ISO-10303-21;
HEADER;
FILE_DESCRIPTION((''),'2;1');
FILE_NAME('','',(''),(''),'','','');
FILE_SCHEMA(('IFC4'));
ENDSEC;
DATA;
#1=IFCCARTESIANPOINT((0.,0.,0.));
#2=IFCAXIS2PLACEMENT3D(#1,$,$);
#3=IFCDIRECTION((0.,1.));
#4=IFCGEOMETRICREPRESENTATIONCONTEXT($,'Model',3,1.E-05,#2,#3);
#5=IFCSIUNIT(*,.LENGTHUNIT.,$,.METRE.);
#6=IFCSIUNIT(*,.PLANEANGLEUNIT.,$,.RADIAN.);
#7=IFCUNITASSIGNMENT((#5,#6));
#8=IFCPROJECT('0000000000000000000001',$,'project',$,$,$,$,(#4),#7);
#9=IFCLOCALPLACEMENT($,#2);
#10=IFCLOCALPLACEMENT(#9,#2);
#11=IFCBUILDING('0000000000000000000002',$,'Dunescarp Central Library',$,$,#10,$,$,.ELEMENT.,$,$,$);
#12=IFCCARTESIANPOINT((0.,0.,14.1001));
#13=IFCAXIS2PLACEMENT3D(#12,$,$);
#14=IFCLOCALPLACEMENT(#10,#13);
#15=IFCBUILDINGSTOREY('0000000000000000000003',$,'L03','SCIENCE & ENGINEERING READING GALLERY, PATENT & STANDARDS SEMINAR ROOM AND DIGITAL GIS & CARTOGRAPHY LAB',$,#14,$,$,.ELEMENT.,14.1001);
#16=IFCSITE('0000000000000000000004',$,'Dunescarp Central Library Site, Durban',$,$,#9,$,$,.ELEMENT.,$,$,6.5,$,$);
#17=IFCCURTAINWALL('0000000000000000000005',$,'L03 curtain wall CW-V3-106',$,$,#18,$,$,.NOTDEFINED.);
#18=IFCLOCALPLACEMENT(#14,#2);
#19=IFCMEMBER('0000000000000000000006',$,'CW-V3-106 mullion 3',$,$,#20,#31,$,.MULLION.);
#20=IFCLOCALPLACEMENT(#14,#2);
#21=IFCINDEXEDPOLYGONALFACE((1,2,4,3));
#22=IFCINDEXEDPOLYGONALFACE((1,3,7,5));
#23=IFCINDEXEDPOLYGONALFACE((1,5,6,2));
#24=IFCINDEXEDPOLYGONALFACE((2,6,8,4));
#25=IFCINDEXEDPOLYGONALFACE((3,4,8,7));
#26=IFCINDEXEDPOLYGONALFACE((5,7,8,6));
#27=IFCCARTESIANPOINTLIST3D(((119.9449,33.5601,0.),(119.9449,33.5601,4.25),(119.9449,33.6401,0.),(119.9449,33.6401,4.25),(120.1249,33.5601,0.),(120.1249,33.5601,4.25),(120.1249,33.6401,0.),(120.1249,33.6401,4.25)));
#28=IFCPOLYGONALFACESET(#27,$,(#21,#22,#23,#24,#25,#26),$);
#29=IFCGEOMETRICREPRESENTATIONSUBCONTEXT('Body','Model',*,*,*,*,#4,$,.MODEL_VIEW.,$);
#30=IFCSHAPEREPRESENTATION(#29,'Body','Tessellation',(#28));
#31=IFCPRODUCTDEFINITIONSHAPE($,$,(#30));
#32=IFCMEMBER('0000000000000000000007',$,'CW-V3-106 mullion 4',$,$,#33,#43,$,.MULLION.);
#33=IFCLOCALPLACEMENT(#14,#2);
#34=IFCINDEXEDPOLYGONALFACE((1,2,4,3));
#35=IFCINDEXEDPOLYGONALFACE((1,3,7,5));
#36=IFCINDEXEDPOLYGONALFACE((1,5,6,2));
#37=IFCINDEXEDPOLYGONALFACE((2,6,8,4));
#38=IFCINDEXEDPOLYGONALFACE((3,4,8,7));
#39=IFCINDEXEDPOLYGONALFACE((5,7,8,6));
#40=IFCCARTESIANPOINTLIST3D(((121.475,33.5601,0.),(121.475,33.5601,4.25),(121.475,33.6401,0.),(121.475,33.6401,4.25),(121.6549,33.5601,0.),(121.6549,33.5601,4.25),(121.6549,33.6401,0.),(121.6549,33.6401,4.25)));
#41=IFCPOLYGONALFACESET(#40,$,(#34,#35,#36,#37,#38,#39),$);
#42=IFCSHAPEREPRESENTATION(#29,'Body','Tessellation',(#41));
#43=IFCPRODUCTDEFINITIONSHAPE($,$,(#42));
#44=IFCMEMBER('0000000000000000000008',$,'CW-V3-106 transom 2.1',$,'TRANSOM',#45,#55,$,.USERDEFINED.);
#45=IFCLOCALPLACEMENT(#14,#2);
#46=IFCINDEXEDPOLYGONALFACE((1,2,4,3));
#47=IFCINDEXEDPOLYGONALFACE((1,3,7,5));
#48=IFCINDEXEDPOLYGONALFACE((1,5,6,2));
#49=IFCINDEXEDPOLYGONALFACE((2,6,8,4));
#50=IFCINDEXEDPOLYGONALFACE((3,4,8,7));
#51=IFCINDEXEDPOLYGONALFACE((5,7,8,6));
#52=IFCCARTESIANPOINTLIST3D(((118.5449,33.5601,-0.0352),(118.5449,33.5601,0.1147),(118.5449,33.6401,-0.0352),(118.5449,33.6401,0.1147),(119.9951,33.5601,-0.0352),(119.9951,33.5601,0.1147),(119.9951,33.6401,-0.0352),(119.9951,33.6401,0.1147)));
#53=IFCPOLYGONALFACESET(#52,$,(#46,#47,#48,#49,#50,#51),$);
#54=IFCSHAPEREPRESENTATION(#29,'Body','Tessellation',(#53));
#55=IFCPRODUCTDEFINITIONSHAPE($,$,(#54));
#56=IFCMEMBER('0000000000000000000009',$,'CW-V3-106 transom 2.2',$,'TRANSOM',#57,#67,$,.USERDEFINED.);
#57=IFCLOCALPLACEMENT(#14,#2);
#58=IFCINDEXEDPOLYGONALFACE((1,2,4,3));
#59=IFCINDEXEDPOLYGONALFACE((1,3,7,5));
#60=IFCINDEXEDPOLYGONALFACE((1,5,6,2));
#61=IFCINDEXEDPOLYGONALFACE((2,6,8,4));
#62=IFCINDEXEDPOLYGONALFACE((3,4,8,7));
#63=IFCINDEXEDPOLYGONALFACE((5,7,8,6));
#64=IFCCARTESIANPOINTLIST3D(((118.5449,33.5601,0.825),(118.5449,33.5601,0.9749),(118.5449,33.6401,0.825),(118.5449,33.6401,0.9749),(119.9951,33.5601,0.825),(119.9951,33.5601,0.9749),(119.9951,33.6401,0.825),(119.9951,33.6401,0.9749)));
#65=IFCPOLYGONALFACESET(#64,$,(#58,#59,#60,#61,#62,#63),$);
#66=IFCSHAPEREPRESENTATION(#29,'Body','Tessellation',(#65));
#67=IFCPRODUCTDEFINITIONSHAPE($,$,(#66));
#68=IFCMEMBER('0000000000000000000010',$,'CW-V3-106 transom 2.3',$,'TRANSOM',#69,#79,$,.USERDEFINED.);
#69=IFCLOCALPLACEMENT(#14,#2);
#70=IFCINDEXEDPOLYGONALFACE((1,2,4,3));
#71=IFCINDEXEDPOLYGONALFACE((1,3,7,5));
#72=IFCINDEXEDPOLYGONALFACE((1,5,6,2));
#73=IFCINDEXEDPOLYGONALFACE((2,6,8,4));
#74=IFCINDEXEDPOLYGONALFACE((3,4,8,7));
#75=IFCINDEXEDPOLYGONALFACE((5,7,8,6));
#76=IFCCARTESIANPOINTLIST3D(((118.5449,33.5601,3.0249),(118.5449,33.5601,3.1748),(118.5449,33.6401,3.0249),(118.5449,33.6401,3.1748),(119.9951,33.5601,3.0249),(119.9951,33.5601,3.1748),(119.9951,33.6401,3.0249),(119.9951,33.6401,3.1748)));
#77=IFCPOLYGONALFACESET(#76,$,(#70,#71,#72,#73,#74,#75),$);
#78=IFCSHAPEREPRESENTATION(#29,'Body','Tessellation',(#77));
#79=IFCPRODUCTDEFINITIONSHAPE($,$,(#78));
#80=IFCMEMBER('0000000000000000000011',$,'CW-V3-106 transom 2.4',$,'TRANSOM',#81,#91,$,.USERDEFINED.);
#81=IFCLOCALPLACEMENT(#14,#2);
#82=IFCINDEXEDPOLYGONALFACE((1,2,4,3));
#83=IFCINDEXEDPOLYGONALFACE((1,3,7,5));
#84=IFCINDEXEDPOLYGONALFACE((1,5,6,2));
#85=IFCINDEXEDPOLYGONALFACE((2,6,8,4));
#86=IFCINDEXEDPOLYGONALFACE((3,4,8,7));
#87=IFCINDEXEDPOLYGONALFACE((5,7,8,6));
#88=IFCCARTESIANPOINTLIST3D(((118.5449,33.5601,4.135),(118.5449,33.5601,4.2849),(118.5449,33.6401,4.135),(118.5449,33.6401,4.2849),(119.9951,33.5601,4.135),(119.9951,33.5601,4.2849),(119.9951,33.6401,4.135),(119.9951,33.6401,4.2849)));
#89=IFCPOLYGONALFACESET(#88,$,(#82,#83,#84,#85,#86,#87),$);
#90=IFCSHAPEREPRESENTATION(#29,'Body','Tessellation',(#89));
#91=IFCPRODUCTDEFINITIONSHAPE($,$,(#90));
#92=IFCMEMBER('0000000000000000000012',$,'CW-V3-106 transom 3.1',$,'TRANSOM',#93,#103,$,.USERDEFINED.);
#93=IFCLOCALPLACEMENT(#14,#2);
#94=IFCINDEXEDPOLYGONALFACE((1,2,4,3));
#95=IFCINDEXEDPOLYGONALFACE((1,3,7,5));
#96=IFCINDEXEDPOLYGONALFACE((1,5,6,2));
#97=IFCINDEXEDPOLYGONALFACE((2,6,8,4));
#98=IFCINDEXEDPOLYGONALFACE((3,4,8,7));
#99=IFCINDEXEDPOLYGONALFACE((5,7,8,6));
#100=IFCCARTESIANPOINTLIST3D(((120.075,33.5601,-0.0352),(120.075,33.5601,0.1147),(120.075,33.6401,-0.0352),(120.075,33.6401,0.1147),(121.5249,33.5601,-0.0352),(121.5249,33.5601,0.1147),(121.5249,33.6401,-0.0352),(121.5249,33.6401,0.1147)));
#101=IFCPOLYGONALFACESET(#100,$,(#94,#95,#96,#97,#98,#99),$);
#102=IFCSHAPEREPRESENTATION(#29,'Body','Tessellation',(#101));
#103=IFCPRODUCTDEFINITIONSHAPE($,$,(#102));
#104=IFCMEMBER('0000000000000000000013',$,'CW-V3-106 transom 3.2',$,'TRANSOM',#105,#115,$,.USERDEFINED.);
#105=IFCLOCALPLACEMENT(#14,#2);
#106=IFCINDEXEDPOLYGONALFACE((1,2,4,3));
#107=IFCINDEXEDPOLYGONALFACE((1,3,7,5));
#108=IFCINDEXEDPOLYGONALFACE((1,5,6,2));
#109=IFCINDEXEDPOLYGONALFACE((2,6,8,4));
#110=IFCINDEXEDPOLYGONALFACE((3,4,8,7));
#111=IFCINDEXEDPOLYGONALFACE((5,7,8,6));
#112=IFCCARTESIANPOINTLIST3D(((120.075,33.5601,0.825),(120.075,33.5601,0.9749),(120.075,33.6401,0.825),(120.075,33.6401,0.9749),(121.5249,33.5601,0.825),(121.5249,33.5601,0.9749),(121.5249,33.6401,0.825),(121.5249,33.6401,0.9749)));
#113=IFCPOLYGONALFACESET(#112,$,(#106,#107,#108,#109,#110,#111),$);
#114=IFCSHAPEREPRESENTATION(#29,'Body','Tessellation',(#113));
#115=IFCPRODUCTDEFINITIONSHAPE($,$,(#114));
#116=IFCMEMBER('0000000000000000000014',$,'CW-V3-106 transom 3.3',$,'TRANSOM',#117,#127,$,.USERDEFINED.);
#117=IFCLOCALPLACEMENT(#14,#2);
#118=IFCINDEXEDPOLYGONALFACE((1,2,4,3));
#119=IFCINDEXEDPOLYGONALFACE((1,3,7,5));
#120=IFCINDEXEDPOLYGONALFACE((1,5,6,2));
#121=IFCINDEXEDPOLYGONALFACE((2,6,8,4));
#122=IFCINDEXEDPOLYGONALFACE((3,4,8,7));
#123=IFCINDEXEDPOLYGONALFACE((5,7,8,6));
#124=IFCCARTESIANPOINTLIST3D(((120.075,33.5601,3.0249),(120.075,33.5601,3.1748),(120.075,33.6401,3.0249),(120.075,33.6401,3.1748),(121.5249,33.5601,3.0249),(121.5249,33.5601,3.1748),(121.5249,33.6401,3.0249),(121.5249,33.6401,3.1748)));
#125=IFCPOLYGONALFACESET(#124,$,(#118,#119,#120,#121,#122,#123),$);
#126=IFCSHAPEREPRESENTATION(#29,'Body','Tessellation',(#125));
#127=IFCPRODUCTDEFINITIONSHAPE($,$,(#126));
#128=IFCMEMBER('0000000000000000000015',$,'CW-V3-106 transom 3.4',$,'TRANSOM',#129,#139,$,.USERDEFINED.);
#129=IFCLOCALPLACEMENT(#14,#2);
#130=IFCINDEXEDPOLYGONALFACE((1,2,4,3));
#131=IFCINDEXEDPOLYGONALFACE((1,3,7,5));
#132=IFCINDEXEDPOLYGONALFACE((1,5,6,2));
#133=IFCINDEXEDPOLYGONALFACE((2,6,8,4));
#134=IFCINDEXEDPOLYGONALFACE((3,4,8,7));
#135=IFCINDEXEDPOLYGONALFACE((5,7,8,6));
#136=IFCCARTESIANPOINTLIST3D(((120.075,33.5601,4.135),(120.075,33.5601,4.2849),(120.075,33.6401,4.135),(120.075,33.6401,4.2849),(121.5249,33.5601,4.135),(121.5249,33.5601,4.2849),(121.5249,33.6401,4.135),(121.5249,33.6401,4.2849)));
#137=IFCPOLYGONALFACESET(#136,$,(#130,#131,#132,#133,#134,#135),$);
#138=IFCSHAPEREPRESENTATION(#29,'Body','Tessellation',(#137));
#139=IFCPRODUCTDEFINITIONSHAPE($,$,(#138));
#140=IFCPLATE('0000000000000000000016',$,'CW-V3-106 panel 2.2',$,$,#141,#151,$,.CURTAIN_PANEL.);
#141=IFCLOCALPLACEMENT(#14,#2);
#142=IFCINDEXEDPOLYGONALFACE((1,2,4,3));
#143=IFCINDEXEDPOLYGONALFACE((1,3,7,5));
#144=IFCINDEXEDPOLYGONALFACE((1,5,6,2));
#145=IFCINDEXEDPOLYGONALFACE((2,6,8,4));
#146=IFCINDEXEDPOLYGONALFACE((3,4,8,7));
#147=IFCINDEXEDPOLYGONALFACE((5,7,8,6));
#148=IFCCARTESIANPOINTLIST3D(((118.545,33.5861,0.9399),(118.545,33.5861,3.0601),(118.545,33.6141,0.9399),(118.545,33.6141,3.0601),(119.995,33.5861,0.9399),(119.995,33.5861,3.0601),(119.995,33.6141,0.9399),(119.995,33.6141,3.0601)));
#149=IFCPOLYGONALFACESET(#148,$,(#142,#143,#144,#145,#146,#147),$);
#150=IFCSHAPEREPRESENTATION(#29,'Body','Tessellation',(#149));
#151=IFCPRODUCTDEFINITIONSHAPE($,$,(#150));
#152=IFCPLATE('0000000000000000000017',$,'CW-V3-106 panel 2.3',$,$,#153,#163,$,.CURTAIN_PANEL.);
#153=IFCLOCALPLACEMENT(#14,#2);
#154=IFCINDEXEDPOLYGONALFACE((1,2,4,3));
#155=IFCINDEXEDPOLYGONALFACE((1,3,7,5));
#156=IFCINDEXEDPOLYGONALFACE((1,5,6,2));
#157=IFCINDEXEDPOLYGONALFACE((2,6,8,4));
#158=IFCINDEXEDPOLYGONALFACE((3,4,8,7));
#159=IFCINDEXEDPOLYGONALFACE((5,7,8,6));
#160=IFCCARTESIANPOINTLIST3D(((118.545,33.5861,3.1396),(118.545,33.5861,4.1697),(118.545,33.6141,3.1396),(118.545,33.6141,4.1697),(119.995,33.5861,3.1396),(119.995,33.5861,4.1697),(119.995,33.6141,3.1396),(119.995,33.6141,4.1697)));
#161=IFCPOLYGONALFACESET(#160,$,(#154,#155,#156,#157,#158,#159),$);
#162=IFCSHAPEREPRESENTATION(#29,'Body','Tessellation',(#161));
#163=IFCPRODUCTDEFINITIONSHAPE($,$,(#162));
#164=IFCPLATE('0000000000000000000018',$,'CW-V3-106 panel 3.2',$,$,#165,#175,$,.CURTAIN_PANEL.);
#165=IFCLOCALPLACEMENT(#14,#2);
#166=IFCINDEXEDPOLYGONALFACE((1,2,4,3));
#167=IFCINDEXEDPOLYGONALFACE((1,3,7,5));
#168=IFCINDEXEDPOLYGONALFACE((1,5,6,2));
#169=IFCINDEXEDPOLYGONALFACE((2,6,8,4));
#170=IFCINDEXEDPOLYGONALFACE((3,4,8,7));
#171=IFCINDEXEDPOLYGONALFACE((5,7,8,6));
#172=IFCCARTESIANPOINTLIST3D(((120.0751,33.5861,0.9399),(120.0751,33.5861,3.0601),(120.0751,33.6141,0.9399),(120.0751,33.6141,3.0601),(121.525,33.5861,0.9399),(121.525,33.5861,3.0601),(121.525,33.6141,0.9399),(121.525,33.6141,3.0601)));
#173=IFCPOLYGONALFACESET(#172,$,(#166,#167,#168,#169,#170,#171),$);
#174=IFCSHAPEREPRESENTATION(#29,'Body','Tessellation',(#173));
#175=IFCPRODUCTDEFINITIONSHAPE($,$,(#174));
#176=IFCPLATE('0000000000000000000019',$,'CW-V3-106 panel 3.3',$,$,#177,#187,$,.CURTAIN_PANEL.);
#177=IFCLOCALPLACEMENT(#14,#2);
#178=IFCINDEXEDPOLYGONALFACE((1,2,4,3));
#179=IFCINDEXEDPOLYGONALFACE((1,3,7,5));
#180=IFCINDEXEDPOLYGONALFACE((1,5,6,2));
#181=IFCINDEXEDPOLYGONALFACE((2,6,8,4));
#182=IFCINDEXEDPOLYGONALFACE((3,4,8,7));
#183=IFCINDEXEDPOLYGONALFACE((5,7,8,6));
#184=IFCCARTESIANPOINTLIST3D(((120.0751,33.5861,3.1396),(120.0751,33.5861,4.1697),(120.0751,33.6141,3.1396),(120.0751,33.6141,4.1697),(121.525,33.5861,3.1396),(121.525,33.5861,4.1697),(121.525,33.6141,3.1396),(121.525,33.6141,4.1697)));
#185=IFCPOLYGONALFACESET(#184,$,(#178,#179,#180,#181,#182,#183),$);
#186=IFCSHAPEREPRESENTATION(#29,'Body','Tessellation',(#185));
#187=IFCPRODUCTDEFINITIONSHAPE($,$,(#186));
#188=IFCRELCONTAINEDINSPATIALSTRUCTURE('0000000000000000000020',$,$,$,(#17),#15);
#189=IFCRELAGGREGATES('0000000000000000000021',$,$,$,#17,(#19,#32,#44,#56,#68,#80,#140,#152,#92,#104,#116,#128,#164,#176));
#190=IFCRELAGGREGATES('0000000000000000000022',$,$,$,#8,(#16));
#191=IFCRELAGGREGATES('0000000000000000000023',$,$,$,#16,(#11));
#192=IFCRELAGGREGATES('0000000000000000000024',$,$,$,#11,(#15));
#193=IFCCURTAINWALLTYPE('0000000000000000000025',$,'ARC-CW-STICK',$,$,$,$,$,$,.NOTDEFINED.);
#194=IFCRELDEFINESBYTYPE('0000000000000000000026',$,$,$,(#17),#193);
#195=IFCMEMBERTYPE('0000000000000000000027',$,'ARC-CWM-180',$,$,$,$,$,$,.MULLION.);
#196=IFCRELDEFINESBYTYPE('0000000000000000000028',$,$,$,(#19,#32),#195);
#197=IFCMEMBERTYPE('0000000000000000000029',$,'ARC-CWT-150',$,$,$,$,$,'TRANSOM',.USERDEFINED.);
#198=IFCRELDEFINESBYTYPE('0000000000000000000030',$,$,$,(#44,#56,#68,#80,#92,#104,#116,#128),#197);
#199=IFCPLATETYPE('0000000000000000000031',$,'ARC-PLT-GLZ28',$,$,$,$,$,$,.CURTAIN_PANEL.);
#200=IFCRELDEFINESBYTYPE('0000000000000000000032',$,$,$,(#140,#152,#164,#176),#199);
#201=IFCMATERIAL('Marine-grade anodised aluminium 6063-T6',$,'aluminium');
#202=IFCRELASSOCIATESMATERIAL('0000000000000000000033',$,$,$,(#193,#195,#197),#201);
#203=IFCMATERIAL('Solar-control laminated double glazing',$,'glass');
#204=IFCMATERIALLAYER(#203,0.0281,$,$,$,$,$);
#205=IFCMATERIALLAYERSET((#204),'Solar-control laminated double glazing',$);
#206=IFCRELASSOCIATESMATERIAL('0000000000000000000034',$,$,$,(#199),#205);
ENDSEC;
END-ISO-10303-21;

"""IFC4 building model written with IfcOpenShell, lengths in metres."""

from ifc_helpers import new_model, si_unit, direction, frame, origin, origin_2d, place, context, subcontext, project, spatial, rectangle, extrude, material, layer, layer_set, material_profile, profile_set, type_object, element, aggregate, save


model = new_model("IFC4")

# Units and contexts
model_context = context("Model", 3, precision=1e-05, world=origin(), true_north=direction((0.0, 1.0)))
body_context = subcontext(model_context, "Body", "Model", "MODEL_VIEW")
ifc_project = project(units=[si_unit("LENGTHUNIT", "METRE"), si_unit("PLANEANGLEUNIT", "RADIAN")], contexts=[model_context])

# Site, building, storey
site_placement = place(None, origin())
site = spatial("IfcSite", under=ifc_project, at=site_placement, Name="Dunescarp Central Library Site, Durban", CompositionType="ELEMENT", RefElevation=6.5)
building_placement = place(site_placement, origin())
building = spatial("IfcBuilding", under=site, at=building_placement, Name="Dunescarp Central Library", CompositionType="ELEMENT")
storey_placement = place(building_placement, frame((0.0, 0.0, 14.1001)))
storey = spatial("IfcBuildingStorey", under=building, at=storey_placement, Name="L03", Description="SCIENCE & ENGINEERING READING GALLERY, PATENT & STANDARDS SEMINAR ROOM AND DIGITAL GIS & CARTOGRAPHY LAB", CompositionType="ELEMENT", Elevation=14.1001)

# Curtain wall, members, plates
ifc_material_1 = material(Name="Marine-grade anodised aluminium 6063-T6", Category="aluminium")
curtain_wall_type = type_object("IfcCurtainWallType", Name="ARC-CW-STICK", PredefinedType="NOTDEFINED", material=ifc_material_1)
curtain_wall_placement = place(storey_placement, origin())
curtain_wall = element("IfcCurtainWall", 1, at=curtain_wall_placement, inside=storey, type_object=curtain_wall_type, Name="L03 curtain wall CW-V3-106", PredefinedType="NOTDEFINED")
ifc_material_profile_1 = material_profile(ifc_material_1, rectangle(XDim=0.0801, YDim=0.1799, at=origin_2d()), Name="AL 80x180")
ifc_profile_set_1 = profile_set([ifc_material_profile_1], Name="Marine-grade anodised aluminium 6063-T6")
member_type_1 = type_object("IfcMemberType", Name="ARC-CWM-180", PredefinedType="MULLION", material=ifc_profile_set_1)
member_1_placement = place(storey_placement, frame((120.0349, 33.6001, 0.0), z_axis=(0.0, 0.0, 1.0), x_axis=(0.0, 1.0, 0.0)))
member_1 = element("IfcMember", 2, at=member_1_placement, type_object=member_type_1, Name="CW-V3-106 mullion 3", PredefinedType="MULLION", context=body_context, shape_type="SweptSolid", body=[
    extrude(rectangle(XDim=0.0801, YDim=0.1799, at=origin_2d()), origin(), (0.0, 0.0, 1.0), 4.25),
])
member_2_placement = place(storey_placement, frame((121.5649, 33.6001, 0.0), z_axis=(0.0, 0.0, 1.0), x_axis=(0.0, 1.0, 0.0)))
member_2 = element("IfcMember", 3, at=member_2_placement, type_object=member_type_1, Name="CW-V3-106 mullion 4", PredefinedType="MULLION", context=body_context, shape_type="SweptSolid", body=[
    extrude(rectangle(XDim=0.0801, YDim=0.1799, at=origin_2d()), origin(), (0.0, 0.0, 1.0), 4.25),
])
ifc_material_profile_2 = material_profile(ifc_material_1, rectangle(XDim=0.0801, YDim=0.1499, at=origin_2d()), Name="AL 80x150")
ifc_profile_set_2 = profile_set([ifc_material_profile_2], Name="Marine-grade anodised aluminium 6063-T6")
member_type_2 = type_object("IfcMemberType", Name="ARC-CWT-150", ElementType="TRANSOM", PredefinedType="USERDEFINED", material=ifc_profile_set_2)
member_3_placement = place(storey_placement, frame((118.5449, 33.6001, 0.0398), z_axis=(1.0, 0.0, 0.0), x_axis=(0.0, 1.0, 0.0)))
member_3 = element("IfcMember", 4, at=member_3_placement, type_object=member_type_2, Name="CW-V3-106 transom 2.1", ObjectType="TRANSOM", PredefinedType="USERDEFINED", context=body_context, shape_type="SweptSolid", body=[
    extrude(rectangle(XDim=0.0801, YDim=0.1499, at=origin_2d()), origin(), (0.0, 0.0, 1.0), 1.4502),
])
member_4_placement = place(storey_placement, frame((118.5449, 33.6001, 0.8999), z_axis=(1.0, 0.0, 0.0), x_axis=(0.0, 1.0, 0.0)))
member_4 = element("IfcMember", 5, at=member_4_placement, type_object=member_type_2, Name="CW-V3-106 transom 2.2", ObjectType="TRANSOM", PredefinedType="USERDEFINED", context=body_context, shape_type="SweptSolid", body=[
    extrude(rectangle(XDim=0.0801, YDim=0.1499, at=origin_2d()), origin(), (0.0, 0.0, 1.0), 1.4502),
])
member_5_placement = place(storey_placement, frame((118.5449, 33.6001, 3.0999), z_axis=(1.0, 0.0, 0.0), x_axis=(0.0, 1.0, 0.0)))
member_5 = element("IfcMember", 6, at=member_5_placement, type_object=member_type_2, Name="CW-V3-106 transom 2.3", ObjectType="TRANSOM", PredefinedType="USERDEFINED", context=body_context, shape_type="SweptSolid", body=[
    extrude(rectangle(XDim=0.0801, YDim=0.1499, at=origin_2d()), origin(), (0.0, 0.0, 1.0), 1.4502),
])
member_6_placement = place(storey_placement, frame((118.5449, 33.6001, 4.21), z_axis=(1.0, 0.0, 0.0), x_axis=(0.0, 1.0, 0.0)))
member_6 = element("IfcMember", 7, at=member_6_placement, type_object=member_type_2, Name="CW-V3-106 transom 2.4", ObjectType="TRANSOM", PredefinedType="USERDEFINED", context=body_context, shape_type="SweptSolid", body=[
    extrude(rectangle(XDim=0.0801, YDim=0.1499, at=origin_2d()), origin(), (0.0, 0.0, 1.0), 1.4502),
])
member_7_placement = place(storey_placement, frame((120.075, 33.6001, 0.0398), z_axis=(1.0, 0.0, 0.0), x_axis=(0.0, 1.0, 0.0)))
member_7 = element("IfcMember", 8, at=member_7_placement, type_object=member_type_2, Name="CW-V3-106 transom 3.1", ObjectType="TRANSOM", PredefinedType="USERDEFINED", context=body_context, shape_type="SweptSolid", body=[
    extrude(rectangle(XDim=0.0801, YDim=0.1499, at=origin_2d()), origin(), (0.0, 0.0, 1.0), 1.45),
])
member_8_placement = place(storey_placement, frame((120.075, 33.6001, 0.8999), z_axis=(1.0, 0.0, 0.0), x_axis=(0.0, 1.0, 0.0)))
member_8 = element("IfcMember", 9, at=member_8_placement, type_object=member_type_2, Name="CW-V3-106 transom 3.2", ObjectType="TRANSOM", PredefinedType="USERDEFINED", context=body_context, shape_type="SweptSolid", body=[
    extrude(rectangle(XDim=0.0801, YDim=0.1499, at=origin_2d()), origin(), (0.0, 0.0, 1.0), 1.45),
])
member_9_placement = place(storey_placement, frame((120.075, 33.6001, 3.0999), z_axis=(1.0, 0.0, 0.0), x_axis=(0.0, 1.0, 0.0)))
member_9 = element("IfcMember", 10, at=member_9_placement, type_object=member_type_2, Name="CW-V3-106 transom 3.3", ObjectType="TRANSOM", PredefinedType="USERDEFINED", context=body_context, shape_type="SweptSolid", body=[
    extrude(rectangle(XDim=0.0801, YDim=0.1499, at=origin_2d()), origin(), (0.0, 0.0, 1.0), 1.45),
])
member_10_placement = place(storey_placement, frame((120.075, 33.6001, 4.21), z_axis=(1.0, 0.0, 0.0), x_axis=(0.0, 1.0, 0.0)))
member_10 = element("IfcMember", 11, at=member_10_placement, type_object=member_type_2, Name="CW-V3-106 transom 3.4", ObjectType="TRANSOM", PredefinedType="USERDEFINED", context=body_context, shape_type="SweptSolid", body=[
    extrude(rectangle(XDim=0.0801, YDim=0.1499, at=origin_2d()), origin(), (0.0, 0.0, 1.0), 1.45),
])
ifc_material_2 = material(Name="Solar-control laminated double glazing", Category="glass")
ifc_layer_1 = layer(ifc_material_2, 0.0281)
ifc_layer_set_1 = layer_set([ifc_layer_1], Name="Solar-control laminated double glazing")
plate_type_1 = type_object("IfcPlateType", Name="ARC-PLT-GLZ28", PredefinedType="CURTAIN_PANEL", material=ifc_layer_set_1)
plate_1_placement = place(storey_placement, frame((119.27, 33.6001, 0.9399), z_axis=(0.0, 0.0, 1.0), x_axis=(1.0, 0.0, 0.0)))
plate_1 = element("IfcPlate", 12, at=plate_1_placement, type_object=plate_type_1, Name="CW-V3-106 panel 2.2", PredefinedType="CURTAIN_PANEL", context=body_context, shape_type="SweptSolid", body=[
    extrude(rectangle(XDim=1.45, YDim=0.0281, at=origin_2d()), origin(), (0.0, 0.0, 1.0), 2.1201),
])
plate_2_placement = place(storey_placement, frame((119.27, 33.6001, 3.1396), z_axis=(0.0, 0.0, 1.0), x_axis=(1.0, 0.0, 0.0)))
plate_2 = element("IfcPlate", 13, at=plate_2_placement, type_object=plate_type_1, Name="CW-V3-106 panel 2.3", PredefinedType="CURTAIN_PANEL", context=body_context, shape_type="SweptSolid", body=[
    extrude(rectangle(XDim=1.45, YDim=0.0281, at=origin_2d()), origin(), (0.0, 0.0, 1.0), 1.03),
])
plate_3_placement = place(storey_placement, frame((120.8, 33.6001, 0.9399), z_axis=(0.0, 0.0, 1.0), x_axis=(1.0, 0.0, 0.0)))
plate_3 = element("IfcPlate", 14, at=plate_3_placement, type_object=plate_type_1, Name="CW-V3-106 panel 3.2", PredefinedType="CURTAIN_PANEL", context=body_context, shape_type="SweptSolid", body=[
    extrude(rectangle(XDim=1.45, YDim=0.0281, at=origin_2d()), origin(), (0.0, 0.0, 1.0), 2.1201),
])
plate_4_placement = place(storey_placement, frame((120.8, 33.6001, 3.1396), z_axis=(0.0, 0.0, 1.0), x_axis=(1.0, 0.0, 0.0)))
plate_4 = element("IfcPlate", 15, at=plate_4_placement, type_object=plate_type_1, Name="CW-V3-106 panel 3.3", PredefinedType="CURTAIN_PANEL", context=body_context, shape_type="SweptSolid", body=[
    extrude(rectangle(XDim=1.45, YDim=0.0281, at=origin_2d()), origin(), (0.0, 0.0, 1.0), 1.03),
])
aggregate(curtain_wall, [member_1, member_2, member_3, member_4, member_5, member_6, plate_1, plate_2, member_7, member_8, member_9, member_10, plate_3, plate_4])

save(model, "model.ifc")
